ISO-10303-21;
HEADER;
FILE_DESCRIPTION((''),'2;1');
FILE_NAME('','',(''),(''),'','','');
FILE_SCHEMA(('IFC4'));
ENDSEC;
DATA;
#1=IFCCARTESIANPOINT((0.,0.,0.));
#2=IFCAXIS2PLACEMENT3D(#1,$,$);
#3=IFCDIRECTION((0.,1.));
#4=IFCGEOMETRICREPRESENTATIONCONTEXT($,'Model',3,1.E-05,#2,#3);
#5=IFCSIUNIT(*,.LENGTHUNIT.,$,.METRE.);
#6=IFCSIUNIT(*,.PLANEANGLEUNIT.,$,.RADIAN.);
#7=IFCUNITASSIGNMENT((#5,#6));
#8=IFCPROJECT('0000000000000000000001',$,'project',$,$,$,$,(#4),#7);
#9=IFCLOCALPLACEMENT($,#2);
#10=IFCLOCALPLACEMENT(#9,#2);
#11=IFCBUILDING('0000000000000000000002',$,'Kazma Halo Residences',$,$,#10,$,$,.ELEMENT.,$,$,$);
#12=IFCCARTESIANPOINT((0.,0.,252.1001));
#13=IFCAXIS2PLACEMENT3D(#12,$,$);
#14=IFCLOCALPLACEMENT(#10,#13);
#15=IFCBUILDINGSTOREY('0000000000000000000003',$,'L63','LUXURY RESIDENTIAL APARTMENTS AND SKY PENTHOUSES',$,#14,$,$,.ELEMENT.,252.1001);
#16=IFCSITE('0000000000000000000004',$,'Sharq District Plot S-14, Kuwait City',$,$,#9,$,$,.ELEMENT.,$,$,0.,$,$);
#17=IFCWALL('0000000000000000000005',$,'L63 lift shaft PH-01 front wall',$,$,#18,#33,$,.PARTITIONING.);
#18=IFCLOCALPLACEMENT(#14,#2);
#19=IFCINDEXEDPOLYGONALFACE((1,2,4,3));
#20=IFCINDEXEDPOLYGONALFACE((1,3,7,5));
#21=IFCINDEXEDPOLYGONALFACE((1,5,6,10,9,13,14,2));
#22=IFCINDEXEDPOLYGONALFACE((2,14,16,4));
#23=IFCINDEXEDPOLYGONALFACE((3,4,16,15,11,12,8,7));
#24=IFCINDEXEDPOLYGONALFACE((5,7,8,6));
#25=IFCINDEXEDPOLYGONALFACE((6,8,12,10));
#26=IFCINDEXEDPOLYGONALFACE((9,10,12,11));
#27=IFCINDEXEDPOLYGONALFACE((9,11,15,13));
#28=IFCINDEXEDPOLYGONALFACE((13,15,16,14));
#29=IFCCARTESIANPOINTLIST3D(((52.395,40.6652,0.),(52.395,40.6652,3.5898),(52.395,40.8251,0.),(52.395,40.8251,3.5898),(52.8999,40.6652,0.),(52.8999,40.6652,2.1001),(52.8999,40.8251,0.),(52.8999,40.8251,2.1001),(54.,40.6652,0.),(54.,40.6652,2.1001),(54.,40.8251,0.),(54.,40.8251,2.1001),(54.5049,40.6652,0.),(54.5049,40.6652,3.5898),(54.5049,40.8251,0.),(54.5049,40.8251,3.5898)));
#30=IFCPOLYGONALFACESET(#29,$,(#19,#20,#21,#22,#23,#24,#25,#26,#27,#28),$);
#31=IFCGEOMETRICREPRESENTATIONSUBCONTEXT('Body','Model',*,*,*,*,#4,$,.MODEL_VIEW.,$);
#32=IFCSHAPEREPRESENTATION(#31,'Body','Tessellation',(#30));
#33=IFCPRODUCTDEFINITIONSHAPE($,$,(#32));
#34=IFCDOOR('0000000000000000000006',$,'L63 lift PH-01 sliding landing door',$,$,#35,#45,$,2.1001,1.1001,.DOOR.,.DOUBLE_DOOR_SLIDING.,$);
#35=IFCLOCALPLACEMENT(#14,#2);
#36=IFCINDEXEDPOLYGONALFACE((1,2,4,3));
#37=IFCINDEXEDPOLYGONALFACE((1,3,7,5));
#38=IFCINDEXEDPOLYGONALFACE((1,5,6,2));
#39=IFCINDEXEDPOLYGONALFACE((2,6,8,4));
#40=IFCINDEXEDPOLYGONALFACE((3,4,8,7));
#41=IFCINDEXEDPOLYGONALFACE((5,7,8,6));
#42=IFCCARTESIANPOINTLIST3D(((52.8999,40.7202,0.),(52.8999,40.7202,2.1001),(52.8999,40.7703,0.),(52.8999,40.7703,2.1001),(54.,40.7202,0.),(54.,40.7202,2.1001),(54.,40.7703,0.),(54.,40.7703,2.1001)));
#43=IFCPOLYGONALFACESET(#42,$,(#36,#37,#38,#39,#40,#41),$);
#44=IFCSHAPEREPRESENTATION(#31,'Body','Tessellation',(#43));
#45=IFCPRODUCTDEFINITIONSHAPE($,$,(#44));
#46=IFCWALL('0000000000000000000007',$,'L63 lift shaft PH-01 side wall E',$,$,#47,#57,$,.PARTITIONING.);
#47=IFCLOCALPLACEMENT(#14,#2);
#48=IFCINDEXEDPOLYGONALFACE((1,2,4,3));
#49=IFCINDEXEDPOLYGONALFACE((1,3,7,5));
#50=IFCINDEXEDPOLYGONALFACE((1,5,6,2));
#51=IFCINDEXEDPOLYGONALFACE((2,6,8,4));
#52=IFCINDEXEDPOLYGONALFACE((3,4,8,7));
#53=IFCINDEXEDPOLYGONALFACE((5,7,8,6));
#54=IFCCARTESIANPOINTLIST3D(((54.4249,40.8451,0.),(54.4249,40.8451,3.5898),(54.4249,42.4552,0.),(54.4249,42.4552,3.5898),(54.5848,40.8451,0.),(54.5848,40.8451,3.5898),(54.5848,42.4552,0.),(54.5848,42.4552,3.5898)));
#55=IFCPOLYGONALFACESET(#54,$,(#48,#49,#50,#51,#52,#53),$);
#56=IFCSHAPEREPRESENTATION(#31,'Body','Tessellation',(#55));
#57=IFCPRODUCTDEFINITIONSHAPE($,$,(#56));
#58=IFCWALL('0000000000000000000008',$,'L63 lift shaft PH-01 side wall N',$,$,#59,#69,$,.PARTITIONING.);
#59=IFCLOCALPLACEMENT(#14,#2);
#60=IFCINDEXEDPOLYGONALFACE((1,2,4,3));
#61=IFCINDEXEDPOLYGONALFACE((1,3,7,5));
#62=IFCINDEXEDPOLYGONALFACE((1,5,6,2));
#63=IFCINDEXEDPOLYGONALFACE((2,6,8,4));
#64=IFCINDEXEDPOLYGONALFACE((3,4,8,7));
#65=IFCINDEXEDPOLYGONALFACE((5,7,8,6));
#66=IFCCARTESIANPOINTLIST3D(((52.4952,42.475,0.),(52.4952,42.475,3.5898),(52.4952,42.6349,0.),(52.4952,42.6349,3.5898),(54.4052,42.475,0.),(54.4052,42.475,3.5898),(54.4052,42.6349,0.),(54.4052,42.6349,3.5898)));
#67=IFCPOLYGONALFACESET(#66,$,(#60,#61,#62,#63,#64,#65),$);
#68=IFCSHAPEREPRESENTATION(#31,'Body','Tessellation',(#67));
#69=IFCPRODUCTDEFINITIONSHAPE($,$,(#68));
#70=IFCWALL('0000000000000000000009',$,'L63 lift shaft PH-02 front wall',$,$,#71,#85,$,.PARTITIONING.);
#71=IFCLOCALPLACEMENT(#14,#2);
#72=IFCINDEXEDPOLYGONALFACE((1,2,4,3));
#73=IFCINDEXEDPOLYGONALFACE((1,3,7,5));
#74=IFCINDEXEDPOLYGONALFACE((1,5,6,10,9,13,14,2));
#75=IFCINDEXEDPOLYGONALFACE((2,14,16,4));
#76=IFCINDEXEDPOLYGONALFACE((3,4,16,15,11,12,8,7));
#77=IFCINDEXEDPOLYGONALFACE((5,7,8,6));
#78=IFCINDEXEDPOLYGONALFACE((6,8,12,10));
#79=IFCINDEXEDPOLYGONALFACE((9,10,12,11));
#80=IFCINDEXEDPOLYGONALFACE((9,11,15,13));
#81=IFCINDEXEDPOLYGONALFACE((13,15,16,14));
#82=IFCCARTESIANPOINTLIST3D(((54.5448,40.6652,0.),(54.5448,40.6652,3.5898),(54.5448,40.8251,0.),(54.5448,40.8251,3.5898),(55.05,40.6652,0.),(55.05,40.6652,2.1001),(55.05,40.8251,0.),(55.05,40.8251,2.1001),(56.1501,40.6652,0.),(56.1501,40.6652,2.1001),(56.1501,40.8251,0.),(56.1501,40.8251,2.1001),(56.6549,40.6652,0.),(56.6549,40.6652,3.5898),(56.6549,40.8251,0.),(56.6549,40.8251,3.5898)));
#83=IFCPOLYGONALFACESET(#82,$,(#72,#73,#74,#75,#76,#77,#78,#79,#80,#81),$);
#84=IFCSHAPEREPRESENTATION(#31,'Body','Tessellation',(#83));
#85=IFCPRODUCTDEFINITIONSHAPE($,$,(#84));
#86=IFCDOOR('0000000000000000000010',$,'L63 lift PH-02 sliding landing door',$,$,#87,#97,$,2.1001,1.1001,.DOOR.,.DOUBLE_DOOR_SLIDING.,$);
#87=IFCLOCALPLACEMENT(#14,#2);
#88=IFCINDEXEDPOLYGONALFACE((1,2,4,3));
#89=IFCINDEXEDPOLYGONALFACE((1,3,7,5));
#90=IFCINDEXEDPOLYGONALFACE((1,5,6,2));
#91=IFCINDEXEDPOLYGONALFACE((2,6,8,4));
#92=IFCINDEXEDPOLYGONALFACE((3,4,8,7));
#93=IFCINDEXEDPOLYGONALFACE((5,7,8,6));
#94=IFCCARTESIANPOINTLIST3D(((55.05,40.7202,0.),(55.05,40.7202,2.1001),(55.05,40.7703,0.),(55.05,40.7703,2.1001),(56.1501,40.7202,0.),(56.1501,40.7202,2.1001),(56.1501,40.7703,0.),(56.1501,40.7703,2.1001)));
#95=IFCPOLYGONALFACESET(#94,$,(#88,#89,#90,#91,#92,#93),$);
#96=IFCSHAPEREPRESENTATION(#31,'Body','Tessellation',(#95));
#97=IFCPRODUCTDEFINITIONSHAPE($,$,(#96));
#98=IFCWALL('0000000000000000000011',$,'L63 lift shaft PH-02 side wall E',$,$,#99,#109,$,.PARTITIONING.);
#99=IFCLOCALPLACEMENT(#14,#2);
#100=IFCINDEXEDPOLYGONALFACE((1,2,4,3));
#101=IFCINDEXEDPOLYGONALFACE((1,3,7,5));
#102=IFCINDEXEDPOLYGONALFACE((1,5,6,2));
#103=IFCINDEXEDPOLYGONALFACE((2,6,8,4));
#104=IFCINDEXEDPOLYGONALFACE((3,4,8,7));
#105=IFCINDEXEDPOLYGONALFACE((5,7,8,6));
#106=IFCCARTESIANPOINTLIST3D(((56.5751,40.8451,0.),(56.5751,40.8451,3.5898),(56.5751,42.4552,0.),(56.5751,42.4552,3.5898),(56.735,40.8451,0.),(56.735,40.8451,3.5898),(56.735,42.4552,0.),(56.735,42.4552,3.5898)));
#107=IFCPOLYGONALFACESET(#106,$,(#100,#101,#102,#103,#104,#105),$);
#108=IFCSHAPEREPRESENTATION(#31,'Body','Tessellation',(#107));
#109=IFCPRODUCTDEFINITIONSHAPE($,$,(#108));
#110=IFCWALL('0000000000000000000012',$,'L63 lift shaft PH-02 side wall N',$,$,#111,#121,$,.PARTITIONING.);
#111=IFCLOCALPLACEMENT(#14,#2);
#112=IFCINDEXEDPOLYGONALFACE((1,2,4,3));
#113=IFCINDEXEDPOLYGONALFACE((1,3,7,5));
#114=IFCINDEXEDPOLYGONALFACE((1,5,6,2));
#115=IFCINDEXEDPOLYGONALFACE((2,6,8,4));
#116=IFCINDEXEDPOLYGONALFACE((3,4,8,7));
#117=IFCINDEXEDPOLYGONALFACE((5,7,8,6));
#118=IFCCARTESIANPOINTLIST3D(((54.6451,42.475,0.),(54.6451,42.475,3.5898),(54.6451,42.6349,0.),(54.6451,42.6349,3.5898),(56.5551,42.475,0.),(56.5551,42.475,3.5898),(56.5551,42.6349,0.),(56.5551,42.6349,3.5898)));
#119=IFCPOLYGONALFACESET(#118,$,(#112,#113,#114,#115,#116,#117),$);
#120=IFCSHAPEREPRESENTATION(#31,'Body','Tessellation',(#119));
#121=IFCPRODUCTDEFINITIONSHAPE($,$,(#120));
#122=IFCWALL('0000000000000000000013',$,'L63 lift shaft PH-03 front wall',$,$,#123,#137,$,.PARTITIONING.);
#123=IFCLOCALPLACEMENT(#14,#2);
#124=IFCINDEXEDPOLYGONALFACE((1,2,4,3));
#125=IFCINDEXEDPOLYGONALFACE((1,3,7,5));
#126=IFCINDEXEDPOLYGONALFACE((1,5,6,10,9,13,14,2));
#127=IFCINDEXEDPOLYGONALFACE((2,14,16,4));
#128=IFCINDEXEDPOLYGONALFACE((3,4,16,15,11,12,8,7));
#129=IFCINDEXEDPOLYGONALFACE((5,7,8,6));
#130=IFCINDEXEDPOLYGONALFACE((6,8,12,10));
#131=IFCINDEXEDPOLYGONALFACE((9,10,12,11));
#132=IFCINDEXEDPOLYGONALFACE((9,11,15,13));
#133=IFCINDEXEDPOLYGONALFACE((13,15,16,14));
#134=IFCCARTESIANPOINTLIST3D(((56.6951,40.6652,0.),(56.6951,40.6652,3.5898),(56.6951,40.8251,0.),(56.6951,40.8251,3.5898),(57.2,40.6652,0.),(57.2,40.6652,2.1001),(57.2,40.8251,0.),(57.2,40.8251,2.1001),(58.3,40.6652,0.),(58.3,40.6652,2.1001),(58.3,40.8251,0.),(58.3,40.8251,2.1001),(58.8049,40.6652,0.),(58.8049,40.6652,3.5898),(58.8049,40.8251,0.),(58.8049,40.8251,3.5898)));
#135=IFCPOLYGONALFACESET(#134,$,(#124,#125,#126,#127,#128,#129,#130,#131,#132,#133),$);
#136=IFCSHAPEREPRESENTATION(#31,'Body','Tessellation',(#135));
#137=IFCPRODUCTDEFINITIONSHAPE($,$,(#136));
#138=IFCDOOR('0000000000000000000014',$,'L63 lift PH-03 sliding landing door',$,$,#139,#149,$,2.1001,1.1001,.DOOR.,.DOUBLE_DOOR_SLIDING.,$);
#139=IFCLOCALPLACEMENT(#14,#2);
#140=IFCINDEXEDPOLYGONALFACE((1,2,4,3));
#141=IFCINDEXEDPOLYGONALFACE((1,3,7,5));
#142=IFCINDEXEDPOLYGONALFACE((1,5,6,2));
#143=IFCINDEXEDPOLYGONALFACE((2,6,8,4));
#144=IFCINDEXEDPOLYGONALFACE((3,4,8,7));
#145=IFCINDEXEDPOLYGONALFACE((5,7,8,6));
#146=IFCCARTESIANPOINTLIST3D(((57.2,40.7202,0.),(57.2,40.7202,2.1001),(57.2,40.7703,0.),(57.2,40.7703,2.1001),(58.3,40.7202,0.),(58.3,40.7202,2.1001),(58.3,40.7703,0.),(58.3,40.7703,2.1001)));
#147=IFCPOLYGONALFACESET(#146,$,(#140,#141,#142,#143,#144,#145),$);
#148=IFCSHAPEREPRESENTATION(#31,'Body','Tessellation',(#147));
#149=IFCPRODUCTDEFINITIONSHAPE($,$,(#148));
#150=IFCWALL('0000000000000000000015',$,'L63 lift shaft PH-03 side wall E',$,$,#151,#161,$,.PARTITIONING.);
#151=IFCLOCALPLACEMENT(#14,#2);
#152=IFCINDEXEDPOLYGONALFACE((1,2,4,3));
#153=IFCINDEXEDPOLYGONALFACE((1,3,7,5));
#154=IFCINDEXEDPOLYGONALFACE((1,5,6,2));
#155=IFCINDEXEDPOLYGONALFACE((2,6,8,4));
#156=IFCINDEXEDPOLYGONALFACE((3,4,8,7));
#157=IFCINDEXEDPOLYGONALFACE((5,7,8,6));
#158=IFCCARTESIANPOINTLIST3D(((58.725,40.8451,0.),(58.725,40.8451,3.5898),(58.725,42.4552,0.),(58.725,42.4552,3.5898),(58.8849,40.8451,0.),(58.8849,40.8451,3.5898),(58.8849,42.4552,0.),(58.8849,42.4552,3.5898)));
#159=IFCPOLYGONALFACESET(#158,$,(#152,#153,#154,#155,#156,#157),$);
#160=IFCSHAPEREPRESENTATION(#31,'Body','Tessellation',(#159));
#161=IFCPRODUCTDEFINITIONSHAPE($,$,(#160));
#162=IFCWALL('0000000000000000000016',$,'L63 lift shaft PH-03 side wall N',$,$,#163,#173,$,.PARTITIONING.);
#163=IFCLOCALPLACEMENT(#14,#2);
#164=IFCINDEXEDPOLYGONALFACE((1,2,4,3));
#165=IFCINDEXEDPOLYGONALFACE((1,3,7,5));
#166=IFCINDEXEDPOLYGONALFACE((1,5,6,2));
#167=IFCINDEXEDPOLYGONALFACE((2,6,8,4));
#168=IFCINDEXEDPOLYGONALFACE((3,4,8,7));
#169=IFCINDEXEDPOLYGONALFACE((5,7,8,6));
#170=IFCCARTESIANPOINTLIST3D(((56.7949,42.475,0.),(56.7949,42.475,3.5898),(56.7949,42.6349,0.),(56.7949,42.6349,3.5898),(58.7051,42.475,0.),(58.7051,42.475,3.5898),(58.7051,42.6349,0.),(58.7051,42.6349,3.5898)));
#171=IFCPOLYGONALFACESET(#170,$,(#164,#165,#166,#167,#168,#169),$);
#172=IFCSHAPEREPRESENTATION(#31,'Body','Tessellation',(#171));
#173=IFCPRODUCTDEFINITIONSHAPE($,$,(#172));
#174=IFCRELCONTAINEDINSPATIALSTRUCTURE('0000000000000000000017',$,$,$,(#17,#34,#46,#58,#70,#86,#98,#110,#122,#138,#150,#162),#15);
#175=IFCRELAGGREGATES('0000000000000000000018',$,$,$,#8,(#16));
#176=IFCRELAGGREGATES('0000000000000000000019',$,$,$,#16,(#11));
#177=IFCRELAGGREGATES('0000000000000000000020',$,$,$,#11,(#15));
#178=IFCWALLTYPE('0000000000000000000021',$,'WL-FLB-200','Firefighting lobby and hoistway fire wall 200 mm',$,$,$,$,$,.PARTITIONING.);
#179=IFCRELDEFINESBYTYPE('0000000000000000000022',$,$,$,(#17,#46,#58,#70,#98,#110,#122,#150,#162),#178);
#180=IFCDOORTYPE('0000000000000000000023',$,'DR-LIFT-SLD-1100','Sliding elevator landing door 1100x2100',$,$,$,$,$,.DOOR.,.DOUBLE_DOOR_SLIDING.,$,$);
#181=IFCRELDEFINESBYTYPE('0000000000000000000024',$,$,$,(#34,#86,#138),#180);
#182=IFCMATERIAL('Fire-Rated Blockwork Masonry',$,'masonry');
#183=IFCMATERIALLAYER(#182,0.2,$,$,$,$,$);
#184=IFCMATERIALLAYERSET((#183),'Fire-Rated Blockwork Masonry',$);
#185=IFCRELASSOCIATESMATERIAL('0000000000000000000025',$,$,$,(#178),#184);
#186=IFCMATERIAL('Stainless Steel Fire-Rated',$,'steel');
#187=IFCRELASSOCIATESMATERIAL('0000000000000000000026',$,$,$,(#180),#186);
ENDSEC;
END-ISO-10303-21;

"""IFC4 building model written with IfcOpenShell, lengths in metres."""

from ifc_helpers import new_model, si_unit, direction, frame, frame_2d, origin, place, context, subcontext, project, spatial, rectangle, extrude, material, layer, layer_set, type_object, element, fill, save


model = new_model("IFC4")

# Units and contexts
model_context = context("Model", 3, precision=1e-05, world=origin(), true_north=direction((0.0, 1.0)))
body_context = subcontext(model_context, "Body", "Model", "MODEL_VIEW")
ifc_project = project(units=[si_unit("LENGTHUNIT", "METRE"), si_unit("PLANEANGLEUNIT", "RADIAN")], contexts=[model_context])

# Site, building, storey
site_placement = place(None, origin())
site = spatial("IfcSite", under=ifc_project, at=site_placement, Name="Sharq District Plot S-14, Kuwait City", CompositionType="ELEMENT", RefElevation=0.0)
building_placement = place(site_placement, origin())
building = spatial("IfcBuilding", under=site, at=building_placement, Name="Kazma Halo Residences", CompositionType="ELEMENT")
storey_placement = place(building_placement, frame((0.0, 0.0, 252.1001)))
storey = spatial("IfcBuildingStorey", under=building, at=storey_placement, Name="L63", Description="LUXURY RESIDENTIAL APARTMENTS AND SKY PENTHOUSES", CompositionType="ELEMENT", Elevation=252.1001)

# Wall, opening, door
ifc_material_1 = material(Name="Fire-Rated Blockwork Masonry", Category="masonry")
ifc_layer_1 = layer(ifc_material_1, 0.2)
ifc_layer_set_1 = layer_set([ifc_layer_1], Name="Fire-Rated Blockwork Masonry")
wall_type_1 = type_object("IfcWallType", Name="WL-FLB-200", Description="Firefighting lobby and hoistway fire wall 200 mm", PredefinedType="PARTITIONING", material=ifc_layer_set_1)
wall_1_placement = place(storey_placement, frame((54.5049, 40.7451, 0.0), z_axis=(0.0, 0.0, 1.0), x_axis=(-1.0, 0.0, 0.0)))
wall_1 = element("IfcWall", 1, at=wall_1_placement, inside=storey, type_object=wall_type_1, Name="L63 lift shaft PH-01 front wall", PredefinedType="PARTITIONING", context=body_context, shape_type="SweptSolid", body=[
    extrude(rectangle(XDim=2.1099, YDim=0.1599, at=frame_2d((1.0549, 0.0))), origin(), (0.0, 0.0, 1.0), 3.5898),
])
opening_1_placement = place(wall_1_placement, frame((0.5049, 0.0, 0.0)))
opening_1 = element("IfcOpeningElement", 2, at=opening_1_placement, cuts=wall_1, PredefinedType="OPENING", context=body_context, shape_type="SweptSolid", body=[
    extrude(rectangle(XDim=1.1001, YDim=2.1001, at=frame_2d((0.55, 1.05))), frame((0.0, 0.0898, 0.0), z_axis=(0.0, -1.0, 0.0), x_axis=(1.0, 0.0, 0.0)), (0.0, 0.0, 1.0), 0.1799),
])
ifc_material_2 = material(Name="Stainless Steel Fire-Rated", Category="steel")
door_type_1 = type_object("IfcDoorType", Name="DR-LIFT-SLD-1100", Description="Sliding elevator landing door 1100x2100", OperationType="DOUBLE_DOOR_SLIDING", PredefinedType="DOOR", material=ifc_material_2)
door_1_placement = place(opening_1_placement, origin())
door_1 = element("IfcDoor", 3, at=door_1_placement, inside=storey, type_object=door_type_1, Name="L63 lift PH-01 sliding landing door", OperationType="DOUBLE_DOOR_SLIDING", OverallHeight=2.1001, OverallWidth=1.1001, PredefinedType="DOOR", context=body_context, shape_type="SweptSolid", body=[
    extrude(rectangle(XDim=1.1001, YDim=2.1001, at=frame_2d((0.55, 1.05))), frame((0.0, 0.0249, 0.0), z_axis=(0.0, -1.0, 0.0), x_axis=(1.0, 0.0, 0.0)), (0.0, 0.0, 1.0), 0.05),
])
fill(opening_1, door_1)

# Walls
wall_2_placement = place(storey_placement, frame((54.5049, 40.845, 0.0), z_axis=(0.0, 0.0, 1.0), x_axis=(0.0, 1.0, 0.0)))
element("IfcWall", 4, at=wall_2_placement, inside=storey, type_object=wall_type_1, Name="L63 lift shaft PH-01 side wall E", PredefinedType="PARTITIONING", context=body_context, shape_type="SweptSolid", body=[
    extrude(rectangle(XDim=1.6101, YDim=0.1599, at=frame_2d((0.8052, 0.0))), origin(), (0.0, 0.0, 1.0), 3.5898),
])
wall_3_placement = place(storey_placement, frame((52.4951, 42.5549, 0.0), z_axis=(0.0, 0.0, 1.0), x_axis=(1.0, 0.0, 0.0)))
element("IfcWall", 5, at=wall_3_placement, inside=storey, type_object=wall_type_1, Name="L63 lift shaft PH-01 side wall N", PredefinedType="PARTITIONING", context=body_context, shape_type="SweptSolid", body=[
    extrude(rectangle(XDim=1.9099, YDim=0.1599, at=frame_2d((0.9551, 0.0))), origin(), (0.0, 0.0, 1.0), 3.5898),
])

# Wall, opening, door
wall_4_placement = place(storey_placement, frame((56.655, 40.7451, 0.0), z_axis=(0.0, 0.0, 1.0), x_axis=(-1.0, 0.0, 0.0)))
wall_4 = element("IfcWall", 6, at=wall_4_placement, inside=storey, type_object=wall_type_1, Name="L63 lift shaft PH-02 front wall", PredefinedType="PARTITIONING", context=body_context, shape_type="SweptSolid", body=[
    extrude(rectangle(XDim=2.1101, YDim=0.1599, at=frame_2d((1.0552, 0.0))), origin(), (0.0, 0.0, 1.0), 3.5898),
])
opening_2_placement = place(wall_4_placement, frame((0.5049, 0.0, 0.0)))
opening_2 = element("IfcOpeningElement", 7, at=opening_2_placement, cuts=wall_4, PredefinedType="OPENING", context=body_context, shape_type="SweptSolid", body=[
    extrude(rectangle(XDim=1.1001, YDim=2.1001, at=frame_2d((0.55, 1.05))), frame((0.0, 0.0898, 0.0), z_axis=(0.0, -1.0, 0.0), x_axis=(1.0, 0.0, 0.0)), (0.0, 0.0, 1.0), 0.1799),
])
door_2_placement = place(opening_2_placement, origin())
door_2 = element("IfcDoor", 8, at=door_2_placement, inside=storey, type_object=door_type_1, Name="L63 lift PH-02 sliding landing door", OperationType="DOUBLE_DOOR_SLIDING", OverallHeight=2.1001, OverallWidth=1.1001, PredefinedType="DOOR", context=body_context, shape_type="SweptSolid", body=[
    extrude(rectangle(XDim=1.1001, YDim=2.1001, at=frame_2d((0.55, 1.05))), frame((0.0, 0.0249, 0.0), z_axis=(0.0, -1.0, 0.0), x_axis=(1.0, 0.0, 0.0)), (0.0, 0.0, 1.0), 0.05),
])
fill(opening_2, door_2)

# Walls
wall_5_placement = place(storey_placement, frame((56.655, 40.845, 0.0), z_axis=(0.0, 0.0, 1.0), x_axis=(0.0, 1.0, 0.0)))
element("IfcWall", 9, at=wall_5_placement, inside=storey, type_object=wall_type_1, Name="L63 lift shaft PH-02 side wall E", PredefinedType="PARTITIONING", context=body_context, shape_type="SweptSolid", body=[
    extrude(rectangle(XDim=1.6101, YDim=0.1599, at=frame_2d((0.8052, 0.0))), origin(), (0.0, 0.0, 1.0), 3.5898),
])
wall_6_placement = place(storey_placement, frame((54.645, 42.5549, 0.0), z_axis=(0.0, 0.0, 1.0), x_axis=(1.0, 0.0, 0.0)))
element("IfcWall", 10, at=wall_6_placement, inside=storey, type_object=wall_type_1, Name="L63 lift shaft PH-02 side wall N", PredefinedType="PARTITIONING", context=body_context, shape_type="SweptSolid", body=[
    extrude(rectangle(XDim=1.9099, YDim=0.1599, at=frame_2d((0.9551, 0.0))), origin(), (0.0, 0.0, 1.0), 3.5898),
])

# Wall, opening, door
wall_7_placement = place(storey_placement, frame((58.8049, 40.7451, 0.0), z_axis=(0.0, 0.0, 1.0), x_axis=(-1.0, 0.0, 0.0)))
wall_7 = element("IfcWall", 11, at=wall_7_placement, inside=storey, type_object=wall_type_1, Name="L63 lift shaft PH-03 front wall", PredefinedType="PARTITIONING", context=body_context, shape_type="SweptSolid", body=[
    extrude(rectangle(XDim=2.1099, YDim=0.1599, at=frame_2d((1.0549, 0.0))), origin(), (0.0, 0.0, 1.0), 3.5898),
])
opening_3_placement = place(wall_7_placement, frame((0.5049, 0.0, 0.0)))
opening_3 = element("IfcOpeningElement", 12, at=opening_3_placement, cuts=wall_7, PredefinedType="OPENING", context=body_context, shape_type="SweptSolid", body=[
    extrude(rectangle(XDim=1.1001, YDim=2.1001, at=frame_2d((0.55, 1.05))), frame((0.0, 0.0898, 0.0), z_axis=(0.0, -1.0, 0.0), x_axis=(1.0, 0.0, 0.0)), (0.0, 0.0, 1.0), 0.1799),
])
door_3_placement = place(opening_3_placement, origin())
door_3 = element("IfcDoor", 13, at=door_3_placement, inside=storey, type_object=door_type_1, Name="L63 lift PH-03 sliding landing door", OperationType="DOUBLE_DOOR_SLIDING", OverallHeight=2.1001, OverallWidth=1.1001, PredefinedType="DOOR", context=body_context, shape_type="SweptSolid", body=[
    extrude(rectangle(XDim=1.1001, YDim=2.1001, at=frame_2d((0.55, 1.05))), frame((0.0, 0.0249, 0.0), z_axis=(0.0, -1.0, 0.0), x_axis=(1.0, 0.0, 0.0)), (0.0, 0.0, 1.0), 0.05),
])
fill(opening_3, door_3)

# Walls
wall_8_placement = place(storey_placement, frame((58.8049, 40.845, 0.0), z_axis=(0.0, 0.0, 1.0), x_axis=(0.0, 1.0, 0.0)))
element("IfcWall", 14, at=wall_8_placement, inside=storey, type_object=wall_type_1, Name="L63 lift shaft PH-03 side wall E", PredefinedType="PARTITIONING", context=body_context, shape_type="SweptSolid", body=[
    extrude(rectangle(XDim=1.6101, YDim=0.1599, at=frame_2d((0.8052, 0.0))), origin(), (0.0, 0.0, 1.0), 3.5898),
])
wall_9_placement = place(storey_placement, frame((56.7949, 42.5549, 0.0), z_axis=(0.0, 0.0, 1.0), x_axis=(1.0, 0.0, 0.0)))
element("IfcWall", 15, at=wall_9_placement, inside=storey, type_object=wall_type_1, Name="L63 lift shaft PH-03 side wall N", PredefinedType="PARTITIONING", context=body_context, shape_type="SweptSolid", body=[
    extrude(rectangle(XDim=1.9102, YDim=0.1599, at=frame_2d((0.9551, 0.0))), origin(), (0.0, 0.0, 1.0), 3.5898),
])

save(model, "model.ifc")
